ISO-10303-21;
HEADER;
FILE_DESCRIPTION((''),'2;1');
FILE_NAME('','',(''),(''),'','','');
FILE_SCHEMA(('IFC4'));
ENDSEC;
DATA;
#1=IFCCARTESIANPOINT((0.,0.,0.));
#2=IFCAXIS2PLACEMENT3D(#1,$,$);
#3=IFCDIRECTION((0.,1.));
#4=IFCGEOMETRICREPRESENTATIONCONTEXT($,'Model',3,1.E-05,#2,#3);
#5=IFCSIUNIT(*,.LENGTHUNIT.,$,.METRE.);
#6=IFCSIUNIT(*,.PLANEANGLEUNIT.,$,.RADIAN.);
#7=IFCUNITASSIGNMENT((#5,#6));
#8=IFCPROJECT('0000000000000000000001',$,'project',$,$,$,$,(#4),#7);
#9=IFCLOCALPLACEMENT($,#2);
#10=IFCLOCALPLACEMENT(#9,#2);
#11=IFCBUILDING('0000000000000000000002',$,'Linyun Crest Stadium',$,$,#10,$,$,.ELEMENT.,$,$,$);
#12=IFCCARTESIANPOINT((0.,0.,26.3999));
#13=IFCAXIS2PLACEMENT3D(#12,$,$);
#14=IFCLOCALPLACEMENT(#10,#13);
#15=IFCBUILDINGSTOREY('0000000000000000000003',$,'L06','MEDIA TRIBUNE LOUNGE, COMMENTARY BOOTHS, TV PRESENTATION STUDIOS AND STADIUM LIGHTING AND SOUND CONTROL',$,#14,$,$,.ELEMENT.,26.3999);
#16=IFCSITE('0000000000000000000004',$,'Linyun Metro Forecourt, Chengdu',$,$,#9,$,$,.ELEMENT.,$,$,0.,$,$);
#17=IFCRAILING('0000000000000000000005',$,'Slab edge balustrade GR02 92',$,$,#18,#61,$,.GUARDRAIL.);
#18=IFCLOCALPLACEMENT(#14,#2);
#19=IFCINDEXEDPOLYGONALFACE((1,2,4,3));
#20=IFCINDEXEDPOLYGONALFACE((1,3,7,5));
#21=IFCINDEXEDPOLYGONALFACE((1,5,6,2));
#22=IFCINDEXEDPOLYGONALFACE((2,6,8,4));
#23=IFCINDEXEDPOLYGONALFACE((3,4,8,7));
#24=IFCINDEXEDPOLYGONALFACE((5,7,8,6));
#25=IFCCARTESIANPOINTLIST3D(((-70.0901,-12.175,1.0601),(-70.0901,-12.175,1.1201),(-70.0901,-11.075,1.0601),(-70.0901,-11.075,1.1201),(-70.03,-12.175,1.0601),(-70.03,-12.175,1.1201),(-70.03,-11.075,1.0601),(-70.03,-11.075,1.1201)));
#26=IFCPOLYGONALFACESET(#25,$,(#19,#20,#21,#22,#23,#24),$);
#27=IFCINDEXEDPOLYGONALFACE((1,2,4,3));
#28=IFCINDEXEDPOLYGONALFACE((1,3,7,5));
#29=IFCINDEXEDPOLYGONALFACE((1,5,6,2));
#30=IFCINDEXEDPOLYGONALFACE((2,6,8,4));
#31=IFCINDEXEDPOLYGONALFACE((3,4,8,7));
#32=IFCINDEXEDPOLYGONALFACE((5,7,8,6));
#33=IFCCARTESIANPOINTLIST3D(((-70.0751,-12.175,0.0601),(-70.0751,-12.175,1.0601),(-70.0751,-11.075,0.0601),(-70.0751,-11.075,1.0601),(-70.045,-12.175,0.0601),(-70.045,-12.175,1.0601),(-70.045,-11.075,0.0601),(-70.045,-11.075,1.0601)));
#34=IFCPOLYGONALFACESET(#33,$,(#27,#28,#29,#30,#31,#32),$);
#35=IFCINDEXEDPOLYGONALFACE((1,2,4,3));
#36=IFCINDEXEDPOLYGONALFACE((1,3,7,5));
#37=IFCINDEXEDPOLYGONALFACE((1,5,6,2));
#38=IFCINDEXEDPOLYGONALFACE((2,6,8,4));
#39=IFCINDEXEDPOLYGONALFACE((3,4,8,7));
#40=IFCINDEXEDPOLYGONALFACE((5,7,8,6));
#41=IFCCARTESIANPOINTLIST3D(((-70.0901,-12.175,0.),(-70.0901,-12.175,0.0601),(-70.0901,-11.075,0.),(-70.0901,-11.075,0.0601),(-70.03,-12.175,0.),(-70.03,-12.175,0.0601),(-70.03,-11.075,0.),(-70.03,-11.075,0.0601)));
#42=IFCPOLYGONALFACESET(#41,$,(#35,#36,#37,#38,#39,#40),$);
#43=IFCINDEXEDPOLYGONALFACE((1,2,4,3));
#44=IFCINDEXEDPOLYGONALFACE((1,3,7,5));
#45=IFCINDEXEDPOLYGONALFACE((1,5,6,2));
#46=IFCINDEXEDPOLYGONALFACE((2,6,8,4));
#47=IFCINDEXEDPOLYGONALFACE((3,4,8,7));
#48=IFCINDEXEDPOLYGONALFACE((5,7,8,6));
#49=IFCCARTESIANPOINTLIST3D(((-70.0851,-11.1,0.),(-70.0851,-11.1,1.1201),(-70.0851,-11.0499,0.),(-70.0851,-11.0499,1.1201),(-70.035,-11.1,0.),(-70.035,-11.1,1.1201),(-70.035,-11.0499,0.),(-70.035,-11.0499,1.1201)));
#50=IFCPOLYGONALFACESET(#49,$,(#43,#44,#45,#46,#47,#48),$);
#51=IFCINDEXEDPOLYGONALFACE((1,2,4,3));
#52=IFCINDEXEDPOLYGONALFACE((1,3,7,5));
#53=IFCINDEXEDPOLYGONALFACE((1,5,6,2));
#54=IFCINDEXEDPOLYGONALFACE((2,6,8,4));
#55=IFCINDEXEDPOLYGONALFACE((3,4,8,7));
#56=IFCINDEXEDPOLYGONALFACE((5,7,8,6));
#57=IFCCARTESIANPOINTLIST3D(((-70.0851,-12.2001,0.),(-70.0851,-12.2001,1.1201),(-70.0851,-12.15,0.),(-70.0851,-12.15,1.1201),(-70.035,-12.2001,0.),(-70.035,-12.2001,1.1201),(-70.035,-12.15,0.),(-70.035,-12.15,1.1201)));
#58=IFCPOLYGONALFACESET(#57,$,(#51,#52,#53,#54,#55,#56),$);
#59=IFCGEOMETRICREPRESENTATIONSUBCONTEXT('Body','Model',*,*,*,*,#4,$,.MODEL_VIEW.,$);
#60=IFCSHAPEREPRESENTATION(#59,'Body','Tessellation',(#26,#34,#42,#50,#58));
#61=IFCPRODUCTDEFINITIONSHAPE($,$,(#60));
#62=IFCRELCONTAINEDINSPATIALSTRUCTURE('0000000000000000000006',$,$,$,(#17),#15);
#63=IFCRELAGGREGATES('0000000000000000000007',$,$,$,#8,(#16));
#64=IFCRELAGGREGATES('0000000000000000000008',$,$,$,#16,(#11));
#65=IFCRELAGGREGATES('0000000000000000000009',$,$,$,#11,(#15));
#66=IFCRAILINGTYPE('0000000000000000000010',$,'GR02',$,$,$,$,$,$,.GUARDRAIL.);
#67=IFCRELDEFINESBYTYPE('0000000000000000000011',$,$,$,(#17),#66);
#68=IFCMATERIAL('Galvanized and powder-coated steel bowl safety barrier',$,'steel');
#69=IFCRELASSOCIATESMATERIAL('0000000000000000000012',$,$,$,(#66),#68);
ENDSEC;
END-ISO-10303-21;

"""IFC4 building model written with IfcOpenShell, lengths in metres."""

from ifc_helpers import new_model, si_unit, direction, frame, origin, origin_2d, place, context, subcontext, project, spatial, rectangle, extrude, material, type_object, element, save


model = new_model("IFC4")

# Units and contexts
model_context = context("Model", 3, precision=1e-05, world=origin(), true_north=direction((0.0, 1.0)))
body_context = subcontext(model_context, "Body", "Model", "MODEL_VIEW")
ifc_project = project(units=[si_unit("LENGTHUNIT", "METRE"), si_unit("PLANEANGLEUNIT", "RADIAN")], contexts=[model_context])

# Site, building, storey
site_placement = place(None, origin())
site = spatial("IfcSite", under=ifc_project, at=site_placement, Name="Linyun Metro Forecourt, Chengdu", CompositionType="ELEMENT", RefElevation=0.0)
building_placement = place(site_placement, origin())
building = spatial("IfcBuilding", under=site, at=building_placement, Name="Linyun Crest Stadium", CompositionType="ELEMENT")
storey_placement = place(building_placement, frame((0.0, 0.0, 26.3999)))
storey = spatial("IfcBuildingStorey", under=building, at=storey_placement, Name="L06", Description="MEDIA TRIBUNE LOUNGE, COMMENTARY BOOTHS, TV PRESENTATION STUDIOS AND STADIUM LIGHTING AND SOUND CONTROL", CompositionType="ELEMENT", Elevation=26.3999)

# Railing
ifc_material_1 = material(Name="Galvanized and powder-coated steel bowl safety barrier", Category="steel")
railing_type = type_object("IfcRailingType", Name="GR02", PredefinedType="GUARDRAIL", material=ifc_material_1)
railing_placement = place(storey_placement, frame((-70.0601, -11.075, 0.0)))
element("IfcRailing", 1, at=railing_placement, inside=storey, type_object=railing_type, Name="Slab edge balustrade GR02 92", PredefinedType="GUARDRAIL", context=body_context, shape_type="SweptSolid", body=[
    extrude(rectangle(XDim=0.0601, YDim=0.0601, at=origin_2d()), frame((0.0, 0.0, 1.0901), z_axis=(0.0, -1.0, 0.0), x_axis=(1.0, 0.0, 0.0)), (0.0, 0.0, 1.0), 1.1001),
    extrude(rectangle(XDim=0.03, YDim=1.0, at=origin_2d()), frame((0.0, 0.0, 0.5601), z_axis=(0.0, -1.0, 0.0), x_axis=(1.0, 0.0, 0.0)), (0.0, 0.0, 1.0), 1.1001),
    extrude(rectangle(XDim=0.0601, YDim=0.0601, at=origin_2d()), frame((0.0, 0.0, 0.03), z_axis=(0.0, -1.0, 0.0), x_axis=(1.0, 0.0, 0.0)), (0.0, 0.0, 1.0), 1.1001),
    extrude(rectangle(XDim=0.05, YDim=0.05, at=origin_2d()), origin(), (0.0, 0.0, 1.0), 1.1201),
    extrude(rectangle(XDim=0.05, YDim=0.05, at=origin_2d()), frame((0.0, -1.1001, 0.0)), (0.0, 0.0, 1.0), 1.1201),
])

save(model, "model.ifc")
